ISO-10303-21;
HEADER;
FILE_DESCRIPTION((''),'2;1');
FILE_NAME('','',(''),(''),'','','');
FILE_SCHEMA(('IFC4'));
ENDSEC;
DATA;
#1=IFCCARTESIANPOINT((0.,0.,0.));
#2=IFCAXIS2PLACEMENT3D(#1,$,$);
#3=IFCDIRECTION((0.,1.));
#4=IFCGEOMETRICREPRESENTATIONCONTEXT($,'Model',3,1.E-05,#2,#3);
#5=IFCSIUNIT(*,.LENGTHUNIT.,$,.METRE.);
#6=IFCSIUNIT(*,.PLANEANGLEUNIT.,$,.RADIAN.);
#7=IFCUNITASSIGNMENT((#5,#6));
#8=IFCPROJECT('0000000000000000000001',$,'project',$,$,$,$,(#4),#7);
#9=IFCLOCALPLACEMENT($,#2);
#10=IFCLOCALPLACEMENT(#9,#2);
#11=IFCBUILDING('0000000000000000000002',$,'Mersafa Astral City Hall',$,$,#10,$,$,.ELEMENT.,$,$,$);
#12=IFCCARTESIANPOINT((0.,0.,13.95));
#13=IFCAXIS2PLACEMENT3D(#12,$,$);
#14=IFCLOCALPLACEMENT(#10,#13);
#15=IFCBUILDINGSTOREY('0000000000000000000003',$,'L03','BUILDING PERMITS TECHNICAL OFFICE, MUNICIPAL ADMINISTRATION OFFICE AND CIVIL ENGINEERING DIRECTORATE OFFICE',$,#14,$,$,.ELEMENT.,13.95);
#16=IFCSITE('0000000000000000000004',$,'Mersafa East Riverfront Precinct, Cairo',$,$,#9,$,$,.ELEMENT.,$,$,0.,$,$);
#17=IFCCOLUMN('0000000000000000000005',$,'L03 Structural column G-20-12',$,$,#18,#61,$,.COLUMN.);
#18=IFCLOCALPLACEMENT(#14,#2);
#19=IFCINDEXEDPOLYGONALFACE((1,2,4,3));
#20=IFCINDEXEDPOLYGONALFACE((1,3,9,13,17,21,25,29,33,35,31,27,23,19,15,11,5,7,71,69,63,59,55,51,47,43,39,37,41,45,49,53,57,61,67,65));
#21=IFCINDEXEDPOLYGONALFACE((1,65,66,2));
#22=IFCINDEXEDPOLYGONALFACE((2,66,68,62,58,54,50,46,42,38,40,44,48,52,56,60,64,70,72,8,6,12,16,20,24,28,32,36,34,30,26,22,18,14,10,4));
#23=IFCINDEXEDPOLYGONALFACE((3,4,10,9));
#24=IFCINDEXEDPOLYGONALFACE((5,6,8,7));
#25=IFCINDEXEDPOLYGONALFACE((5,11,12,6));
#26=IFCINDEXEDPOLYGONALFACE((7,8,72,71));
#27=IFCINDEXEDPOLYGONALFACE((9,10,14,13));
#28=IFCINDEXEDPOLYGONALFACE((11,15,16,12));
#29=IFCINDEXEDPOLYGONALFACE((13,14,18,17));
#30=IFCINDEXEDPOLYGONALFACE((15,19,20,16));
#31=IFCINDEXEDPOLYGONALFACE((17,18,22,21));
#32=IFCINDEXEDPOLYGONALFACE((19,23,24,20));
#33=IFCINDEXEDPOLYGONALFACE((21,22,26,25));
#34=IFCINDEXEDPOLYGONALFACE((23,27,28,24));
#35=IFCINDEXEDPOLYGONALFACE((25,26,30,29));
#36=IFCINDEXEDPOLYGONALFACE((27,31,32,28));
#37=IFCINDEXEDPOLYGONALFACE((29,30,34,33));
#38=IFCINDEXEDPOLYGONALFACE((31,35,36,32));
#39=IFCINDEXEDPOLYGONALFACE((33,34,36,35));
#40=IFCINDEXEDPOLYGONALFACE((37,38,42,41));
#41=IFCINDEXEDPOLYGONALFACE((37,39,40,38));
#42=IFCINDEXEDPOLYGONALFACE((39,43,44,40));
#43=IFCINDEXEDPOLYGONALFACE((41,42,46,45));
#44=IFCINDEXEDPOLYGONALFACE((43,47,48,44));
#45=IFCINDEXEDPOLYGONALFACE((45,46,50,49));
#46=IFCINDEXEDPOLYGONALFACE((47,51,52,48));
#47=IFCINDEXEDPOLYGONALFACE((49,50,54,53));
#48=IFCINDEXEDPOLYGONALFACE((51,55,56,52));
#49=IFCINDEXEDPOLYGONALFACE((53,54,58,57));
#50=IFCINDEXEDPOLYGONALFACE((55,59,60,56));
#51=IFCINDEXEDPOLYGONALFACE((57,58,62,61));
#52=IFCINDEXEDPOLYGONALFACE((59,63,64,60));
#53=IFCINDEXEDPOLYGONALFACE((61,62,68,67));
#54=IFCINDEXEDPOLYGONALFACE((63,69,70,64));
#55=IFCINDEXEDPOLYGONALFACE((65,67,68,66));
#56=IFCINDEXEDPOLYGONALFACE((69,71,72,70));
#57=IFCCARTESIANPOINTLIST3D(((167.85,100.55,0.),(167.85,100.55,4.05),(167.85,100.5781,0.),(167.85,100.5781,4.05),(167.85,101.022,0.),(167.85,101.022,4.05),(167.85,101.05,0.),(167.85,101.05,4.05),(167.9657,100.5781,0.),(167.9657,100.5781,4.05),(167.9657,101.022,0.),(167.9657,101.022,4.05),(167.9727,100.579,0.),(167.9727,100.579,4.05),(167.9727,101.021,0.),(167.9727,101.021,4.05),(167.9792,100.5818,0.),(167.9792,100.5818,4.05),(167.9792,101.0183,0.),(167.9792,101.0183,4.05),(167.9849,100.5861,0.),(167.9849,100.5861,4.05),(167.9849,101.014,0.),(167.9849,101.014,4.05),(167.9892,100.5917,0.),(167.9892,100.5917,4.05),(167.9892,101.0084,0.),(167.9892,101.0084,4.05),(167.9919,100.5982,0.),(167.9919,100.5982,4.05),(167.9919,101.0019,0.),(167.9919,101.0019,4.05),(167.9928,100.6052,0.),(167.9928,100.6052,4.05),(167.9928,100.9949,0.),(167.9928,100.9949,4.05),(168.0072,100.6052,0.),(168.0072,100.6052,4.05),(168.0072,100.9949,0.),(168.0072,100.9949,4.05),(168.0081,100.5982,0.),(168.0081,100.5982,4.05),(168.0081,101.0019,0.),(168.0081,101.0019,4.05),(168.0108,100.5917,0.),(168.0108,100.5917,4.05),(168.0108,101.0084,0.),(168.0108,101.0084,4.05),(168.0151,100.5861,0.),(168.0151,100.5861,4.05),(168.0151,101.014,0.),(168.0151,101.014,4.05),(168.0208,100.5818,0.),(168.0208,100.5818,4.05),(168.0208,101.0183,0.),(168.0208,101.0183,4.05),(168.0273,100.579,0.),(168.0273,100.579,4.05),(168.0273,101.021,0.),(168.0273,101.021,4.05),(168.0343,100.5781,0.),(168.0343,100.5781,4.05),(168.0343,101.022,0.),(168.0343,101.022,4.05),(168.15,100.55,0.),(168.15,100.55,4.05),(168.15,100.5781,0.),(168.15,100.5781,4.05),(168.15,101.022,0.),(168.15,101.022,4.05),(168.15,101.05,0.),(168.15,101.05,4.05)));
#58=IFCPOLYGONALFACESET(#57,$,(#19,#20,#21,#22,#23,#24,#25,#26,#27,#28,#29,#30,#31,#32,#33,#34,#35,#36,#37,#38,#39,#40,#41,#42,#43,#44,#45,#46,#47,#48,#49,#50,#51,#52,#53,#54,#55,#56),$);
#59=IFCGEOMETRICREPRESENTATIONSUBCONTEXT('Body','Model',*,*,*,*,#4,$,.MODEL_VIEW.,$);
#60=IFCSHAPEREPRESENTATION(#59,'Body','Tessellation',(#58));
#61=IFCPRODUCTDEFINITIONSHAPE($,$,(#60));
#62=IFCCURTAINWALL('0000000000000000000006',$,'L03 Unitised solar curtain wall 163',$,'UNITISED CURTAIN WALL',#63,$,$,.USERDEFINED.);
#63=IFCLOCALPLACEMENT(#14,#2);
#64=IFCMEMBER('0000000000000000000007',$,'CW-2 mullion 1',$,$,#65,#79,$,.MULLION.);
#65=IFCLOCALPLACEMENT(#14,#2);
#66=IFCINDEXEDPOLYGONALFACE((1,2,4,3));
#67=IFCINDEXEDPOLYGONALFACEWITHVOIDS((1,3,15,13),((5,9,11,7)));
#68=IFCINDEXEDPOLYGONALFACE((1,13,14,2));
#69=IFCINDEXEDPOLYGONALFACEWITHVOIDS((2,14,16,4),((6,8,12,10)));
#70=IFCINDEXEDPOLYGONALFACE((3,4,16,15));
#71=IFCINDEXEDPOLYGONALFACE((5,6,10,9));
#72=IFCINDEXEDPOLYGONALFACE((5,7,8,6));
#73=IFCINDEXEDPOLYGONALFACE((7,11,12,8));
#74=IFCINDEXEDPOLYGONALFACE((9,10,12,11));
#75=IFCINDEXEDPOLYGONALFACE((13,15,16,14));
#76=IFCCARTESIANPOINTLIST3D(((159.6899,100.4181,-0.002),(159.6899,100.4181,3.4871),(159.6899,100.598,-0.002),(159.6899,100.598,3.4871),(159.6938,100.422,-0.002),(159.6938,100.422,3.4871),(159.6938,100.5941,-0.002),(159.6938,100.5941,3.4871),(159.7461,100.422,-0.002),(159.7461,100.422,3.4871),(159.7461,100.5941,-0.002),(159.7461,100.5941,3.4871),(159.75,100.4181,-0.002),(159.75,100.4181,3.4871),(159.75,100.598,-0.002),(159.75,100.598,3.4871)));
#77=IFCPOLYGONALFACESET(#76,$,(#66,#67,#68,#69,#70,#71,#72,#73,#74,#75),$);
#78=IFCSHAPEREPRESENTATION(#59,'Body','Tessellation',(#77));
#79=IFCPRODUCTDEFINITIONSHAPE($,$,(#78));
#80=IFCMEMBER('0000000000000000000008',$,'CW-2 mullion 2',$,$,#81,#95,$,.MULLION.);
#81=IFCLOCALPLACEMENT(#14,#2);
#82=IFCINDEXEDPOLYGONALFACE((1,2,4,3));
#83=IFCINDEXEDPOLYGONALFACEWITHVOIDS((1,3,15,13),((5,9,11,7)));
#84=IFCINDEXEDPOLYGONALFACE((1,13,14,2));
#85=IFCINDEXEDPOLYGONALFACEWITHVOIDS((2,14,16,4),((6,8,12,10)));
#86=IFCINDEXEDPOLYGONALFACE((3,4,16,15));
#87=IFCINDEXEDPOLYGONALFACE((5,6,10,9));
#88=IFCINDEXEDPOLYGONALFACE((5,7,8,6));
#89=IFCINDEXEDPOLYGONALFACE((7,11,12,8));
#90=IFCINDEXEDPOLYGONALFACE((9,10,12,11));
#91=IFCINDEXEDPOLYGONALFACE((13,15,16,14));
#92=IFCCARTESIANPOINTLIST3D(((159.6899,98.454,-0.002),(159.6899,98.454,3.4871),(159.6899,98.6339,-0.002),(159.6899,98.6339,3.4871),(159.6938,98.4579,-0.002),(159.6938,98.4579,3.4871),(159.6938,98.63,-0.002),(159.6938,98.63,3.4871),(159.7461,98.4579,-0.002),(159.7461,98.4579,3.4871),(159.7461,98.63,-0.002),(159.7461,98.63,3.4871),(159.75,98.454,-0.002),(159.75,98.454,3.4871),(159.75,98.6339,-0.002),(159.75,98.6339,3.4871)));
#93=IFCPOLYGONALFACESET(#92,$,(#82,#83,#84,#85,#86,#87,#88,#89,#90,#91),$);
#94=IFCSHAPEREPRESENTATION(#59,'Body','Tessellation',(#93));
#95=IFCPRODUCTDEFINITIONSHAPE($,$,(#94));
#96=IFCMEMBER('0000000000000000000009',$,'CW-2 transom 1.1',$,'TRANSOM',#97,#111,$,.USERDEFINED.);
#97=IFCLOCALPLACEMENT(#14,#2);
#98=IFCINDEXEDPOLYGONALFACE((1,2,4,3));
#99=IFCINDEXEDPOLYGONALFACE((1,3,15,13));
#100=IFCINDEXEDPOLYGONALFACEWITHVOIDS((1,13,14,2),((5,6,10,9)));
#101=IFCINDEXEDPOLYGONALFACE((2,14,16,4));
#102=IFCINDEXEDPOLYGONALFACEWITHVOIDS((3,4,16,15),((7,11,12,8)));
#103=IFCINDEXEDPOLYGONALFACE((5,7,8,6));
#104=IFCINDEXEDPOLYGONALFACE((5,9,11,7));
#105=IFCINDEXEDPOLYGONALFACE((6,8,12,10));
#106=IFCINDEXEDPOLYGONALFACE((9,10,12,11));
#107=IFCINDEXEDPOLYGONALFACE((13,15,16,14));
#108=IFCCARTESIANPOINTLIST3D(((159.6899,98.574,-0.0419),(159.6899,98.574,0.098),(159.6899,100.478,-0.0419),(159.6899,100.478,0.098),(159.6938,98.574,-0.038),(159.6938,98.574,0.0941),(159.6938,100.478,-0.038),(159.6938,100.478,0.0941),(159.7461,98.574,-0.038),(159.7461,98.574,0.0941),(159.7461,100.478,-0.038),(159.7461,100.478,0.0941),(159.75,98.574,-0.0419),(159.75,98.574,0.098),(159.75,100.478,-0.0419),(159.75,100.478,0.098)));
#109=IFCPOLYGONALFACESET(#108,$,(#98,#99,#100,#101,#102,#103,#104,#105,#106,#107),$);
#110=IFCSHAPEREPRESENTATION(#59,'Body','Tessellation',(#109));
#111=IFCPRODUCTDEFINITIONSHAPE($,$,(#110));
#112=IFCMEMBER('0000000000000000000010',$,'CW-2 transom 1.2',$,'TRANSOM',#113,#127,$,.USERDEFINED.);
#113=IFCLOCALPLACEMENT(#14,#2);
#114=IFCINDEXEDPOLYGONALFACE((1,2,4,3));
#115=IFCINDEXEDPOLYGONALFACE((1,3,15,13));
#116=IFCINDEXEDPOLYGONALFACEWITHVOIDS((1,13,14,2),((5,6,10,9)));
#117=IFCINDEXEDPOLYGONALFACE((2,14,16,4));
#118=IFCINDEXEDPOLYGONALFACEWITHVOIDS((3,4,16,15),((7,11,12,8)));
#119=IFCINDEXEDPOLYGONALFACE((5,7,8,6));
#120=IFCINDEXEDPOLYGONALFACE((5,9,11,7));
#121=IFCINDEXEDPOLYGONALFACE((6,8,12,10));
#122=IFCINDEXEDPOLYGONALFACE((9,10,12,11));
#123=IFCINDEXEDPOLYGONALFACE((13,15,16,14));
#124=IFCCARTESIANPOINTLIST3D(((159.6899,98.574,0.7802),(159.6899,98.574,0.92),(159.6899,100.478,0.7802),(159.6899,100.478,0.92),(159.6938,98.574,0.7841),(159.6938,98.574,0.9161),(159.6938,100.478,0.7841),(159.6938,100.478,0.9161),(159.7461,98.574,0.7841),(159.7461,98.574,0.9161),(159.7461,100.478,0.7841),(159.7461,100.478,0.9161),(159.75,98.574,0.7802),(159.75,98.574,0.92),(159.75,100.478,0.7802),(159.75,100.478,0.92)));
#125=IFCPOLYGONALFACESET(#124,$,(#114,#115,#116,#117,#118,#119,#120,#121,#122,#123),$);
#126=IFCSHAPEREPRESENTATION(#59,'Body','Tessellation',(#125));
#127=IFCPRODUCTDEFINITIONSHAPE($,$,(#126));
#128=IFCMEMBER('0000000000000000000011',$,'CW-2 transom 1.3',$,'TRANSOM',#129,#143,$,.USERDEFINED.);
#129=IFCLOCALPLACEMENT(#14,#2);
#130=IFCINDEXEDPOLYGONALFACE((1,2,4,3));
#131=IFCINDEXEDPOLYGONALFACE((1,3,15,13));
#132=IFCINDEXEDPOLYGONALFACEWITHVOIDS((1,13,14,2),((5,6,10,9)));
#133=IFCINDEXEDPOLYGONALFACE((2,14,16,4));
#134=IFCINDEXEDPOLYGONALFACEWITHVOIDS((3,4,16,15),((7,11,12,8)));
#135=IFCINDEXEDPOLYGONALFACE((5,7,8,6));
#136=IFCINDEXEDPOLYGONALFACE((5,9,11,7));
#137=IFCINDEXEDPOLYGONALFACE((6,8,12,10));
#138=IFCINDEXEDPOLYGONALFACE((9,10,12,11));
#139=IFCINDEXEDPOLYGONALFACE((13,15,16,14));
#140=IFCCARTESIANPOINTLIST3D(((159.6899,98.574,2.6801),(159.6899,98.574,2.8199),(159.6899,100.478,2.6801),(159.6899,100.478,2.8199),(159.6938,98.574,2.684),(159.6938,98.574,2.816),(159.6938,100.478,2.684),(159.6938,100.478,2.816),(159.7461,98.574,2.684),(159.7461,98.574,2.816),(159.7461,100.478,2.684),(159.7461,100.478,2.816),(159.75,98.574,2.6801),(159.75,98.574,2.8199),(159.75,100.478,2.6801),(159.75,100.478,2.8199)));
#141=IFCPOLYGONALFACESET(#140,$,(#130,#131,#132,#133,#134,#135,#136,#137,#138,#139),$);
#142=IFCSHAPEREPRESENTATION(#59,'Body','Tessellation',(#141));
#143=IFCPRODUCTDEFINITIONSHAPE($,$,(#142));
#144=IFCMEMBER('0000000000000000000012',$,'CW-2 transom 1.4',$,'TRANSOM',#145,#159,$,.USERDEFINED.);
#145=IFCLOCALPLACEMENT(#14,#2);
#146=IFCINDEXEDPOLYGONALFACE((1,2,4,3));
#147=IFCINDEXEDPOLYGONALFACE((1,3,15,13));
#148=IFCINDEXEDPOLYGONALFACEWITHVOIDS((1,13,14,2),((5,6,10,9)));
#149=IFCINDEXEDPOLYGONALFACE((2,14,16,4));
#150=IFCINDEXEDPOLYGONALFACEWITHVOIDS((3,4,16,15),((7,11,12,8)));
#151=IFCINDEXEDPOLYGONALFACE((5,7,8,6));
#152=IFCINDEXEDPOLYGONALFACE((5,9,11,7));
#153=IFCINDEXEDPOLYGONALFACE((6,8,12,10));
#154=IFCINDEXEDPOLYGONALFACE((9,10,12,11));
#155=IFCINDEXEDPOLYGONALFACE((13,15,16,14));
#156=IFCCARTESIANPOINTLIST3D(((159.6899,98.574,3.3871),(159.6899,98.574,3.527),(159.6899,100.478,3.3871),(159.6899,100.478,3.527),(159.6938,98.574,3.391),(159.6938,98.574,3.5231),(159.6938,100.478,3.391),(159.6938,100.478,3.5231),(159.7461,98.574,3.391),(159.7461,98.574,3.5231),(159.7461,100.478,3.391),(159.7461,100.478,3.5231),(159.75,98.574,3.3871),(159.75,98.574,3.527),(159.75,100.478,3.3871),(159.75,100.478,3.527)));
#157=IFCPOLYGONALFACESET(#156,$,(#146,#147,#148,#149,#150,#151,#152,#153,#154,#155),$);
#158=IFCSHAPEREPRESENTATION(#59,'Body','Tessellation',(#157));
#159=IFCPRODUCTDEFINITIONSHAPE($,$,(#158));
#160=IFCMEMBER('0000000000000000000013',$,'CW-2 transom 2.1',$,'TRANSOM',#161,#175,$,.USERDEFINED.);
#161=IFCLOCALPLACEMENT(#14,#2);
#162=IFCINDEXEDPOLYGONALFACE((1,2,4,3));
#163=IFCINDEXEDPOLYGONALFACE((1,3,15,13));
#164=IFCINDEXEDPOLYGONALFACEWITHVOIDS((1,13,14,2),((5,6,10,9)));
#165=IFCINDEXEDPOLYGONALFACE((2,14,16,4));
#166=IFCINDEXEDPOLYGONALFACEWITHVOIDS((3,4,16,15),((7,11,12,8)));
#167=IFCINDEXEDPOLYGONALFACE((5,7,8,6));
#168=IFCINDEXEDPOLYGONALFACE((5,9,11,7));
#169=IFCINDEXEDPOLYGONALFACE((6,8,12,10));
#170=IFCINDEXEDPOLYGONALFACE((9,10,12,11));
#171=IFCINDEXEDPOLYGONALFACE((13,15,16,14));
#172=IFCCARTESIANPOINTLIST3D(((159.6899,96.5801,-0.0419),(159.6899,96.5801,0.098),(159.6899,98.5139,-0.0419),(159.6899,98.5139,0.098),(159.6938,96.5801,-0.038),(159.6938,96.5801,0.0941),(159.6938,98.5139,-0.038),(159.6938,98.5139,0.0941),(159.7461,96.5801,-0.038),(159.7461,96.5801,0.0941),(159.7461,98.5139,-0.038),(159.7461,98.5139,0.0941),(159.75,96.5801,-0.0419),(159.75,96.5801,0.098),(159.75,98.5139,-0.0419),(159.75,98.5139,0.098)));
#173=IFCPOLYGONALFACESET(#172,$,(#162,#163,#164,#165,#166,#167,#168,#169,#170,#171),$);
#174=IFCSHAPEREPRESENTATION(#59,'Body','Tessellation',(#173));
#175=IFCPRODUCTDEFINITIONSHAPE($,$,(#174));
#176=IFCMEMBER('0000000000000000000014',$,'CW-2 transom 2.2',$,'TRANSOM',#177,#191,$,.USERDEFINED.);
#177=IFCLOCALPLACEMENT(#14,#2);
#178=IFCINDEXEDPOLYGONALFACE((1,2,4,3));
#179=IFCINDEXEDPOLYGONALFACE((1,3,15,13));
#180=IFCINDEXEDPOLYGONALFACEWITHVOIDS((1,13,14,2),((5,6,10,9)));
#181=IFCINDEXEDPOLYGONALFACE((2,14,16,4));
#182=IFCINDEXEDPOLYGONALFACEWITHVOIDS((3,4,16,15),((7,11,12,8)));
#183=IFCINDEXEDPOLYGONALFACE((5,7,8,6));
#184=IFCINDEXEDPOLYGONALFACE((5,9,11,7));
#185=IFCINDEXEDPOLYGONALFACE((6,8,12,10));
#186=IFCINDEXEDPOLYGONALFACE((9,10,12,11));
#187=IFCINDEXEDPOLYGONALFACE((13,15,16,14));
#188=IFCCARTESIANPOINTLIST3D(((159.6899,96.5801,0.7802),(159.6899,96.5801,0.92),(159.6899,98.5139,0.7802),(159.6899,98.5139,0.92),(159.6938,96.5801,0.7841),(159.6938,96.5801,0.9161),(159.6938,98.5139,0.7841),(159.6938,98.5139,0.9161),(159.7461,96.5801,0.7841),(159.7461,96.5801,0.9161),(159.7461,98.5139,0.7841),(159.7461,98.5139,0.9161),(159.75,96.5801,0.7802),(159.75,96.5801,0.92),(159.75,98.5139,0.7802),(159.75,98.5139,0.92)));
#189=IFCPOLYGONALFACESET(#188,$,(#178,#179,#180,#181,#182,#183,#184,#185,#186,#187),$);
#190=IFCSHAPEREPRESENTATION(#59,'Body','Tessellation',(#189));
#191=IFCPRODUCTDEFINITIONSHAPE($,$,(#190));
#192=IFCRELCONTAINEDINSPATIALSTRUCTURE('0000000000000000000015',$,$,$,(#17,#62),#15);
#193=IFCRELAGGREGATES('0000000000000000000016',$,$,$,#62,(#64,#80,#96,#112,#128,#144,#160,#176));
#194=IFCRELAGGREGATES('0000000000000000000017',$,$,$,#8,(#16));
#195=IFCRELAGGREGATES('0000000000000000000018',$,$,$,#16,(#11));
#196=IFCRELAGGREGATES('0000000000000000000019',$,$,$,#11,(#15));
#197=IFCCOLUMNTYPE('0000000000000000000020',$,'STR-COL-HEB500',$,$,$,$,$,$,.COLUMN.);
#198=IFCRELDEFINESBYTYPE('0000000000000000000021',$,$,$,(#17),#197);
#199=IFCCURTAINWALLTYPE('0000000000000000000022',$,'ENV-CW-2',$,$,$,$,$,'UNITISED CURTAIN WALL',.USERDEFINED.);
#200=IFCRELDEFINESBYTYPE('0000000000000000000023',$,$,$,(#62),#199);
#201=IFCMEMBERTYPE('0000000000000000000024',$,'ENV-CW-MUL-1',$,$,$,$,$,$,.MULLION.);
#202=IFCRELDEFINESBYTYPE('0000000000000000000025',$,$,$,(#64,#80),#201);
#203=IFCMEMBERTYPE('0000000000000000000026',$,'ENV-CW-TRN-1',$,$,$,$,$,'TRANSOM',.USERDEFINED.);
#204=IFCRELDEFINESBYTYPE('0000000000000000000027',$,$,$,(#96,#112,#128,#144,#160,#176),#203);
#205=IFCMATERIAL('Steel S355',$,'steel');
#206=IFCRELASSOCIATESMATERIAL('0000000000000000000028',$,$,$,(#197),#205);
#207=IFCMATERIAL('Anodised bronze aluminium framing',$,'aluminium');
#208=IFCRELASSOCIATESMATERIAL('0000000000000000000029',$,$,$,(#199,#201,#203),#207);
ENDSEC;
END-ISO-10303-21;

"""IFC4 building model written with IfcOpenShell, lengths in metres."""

from ifc_helpers import new_model, si_unit, direction, frame, origin, origin_2d, place, context, subcontext, project, spatial, hollow_rectangle, i_section, extrude, material, material_profile, profile_set, type_object, element, aggregate, save


model = new_model("IFC4")

# Units and contexts
model_context = context("Model", 3, precision=1e-05, world=origin(), true_north=direction((0.0, 1.0)))
body_context = subcontext(model_context, "Body", "Model", "MODEL_VIEW")
ifc_project = project(units=[si_unit("LENGTHUNIT", "METRE"), si_unit("PLANEANGLEUNIT", "RADIAN")], contexts=[model_context])

# Site, building, storey
site_placement = place(None, origin())
site = spatial("IfcSite", under=ifc_project, at=site_placement, Name="Mersafa East Riverfront Precinct, Cairo", CompositionType="ELEMENT", RefElevation=0.0)
building_placement = place(site_placement, origin())
building = spatial("IfcBuilding", under=site, at=building_placement, Name="Mersafa Astral City Hall", CompositionType="ELEMENT")
storey_placement = place(building_placement, frame((0.0, 0.0, 13.95)))
storey = spatial("IfcBuildingStorey", under=building, at=storey_placement, Name="L03", Description="BUILDING PERMITS TECHNICAL OFFICE, MUNICIPAL ADMINISTRATION OFFICE AND CIVIL ENGINEERING DIRECTORATE OFFICE", CompositionType="ELEMENT", Elevation=13.95)

# Column
ifc_material_1 = material(Name="Steel S355", Category="steel")
ifc_material_profile_1 = material_profile(ifc_material_1, i_section(OverallWidth=0.3, OverallDepth=0.5, WebThickness=0.0144, FlangeThickness=0.0281, FilletRadius=0.0271, at=origin_2d()), Name="HEB 500")
ifc_profile_set_1 = profile_set([ifc_material_profile_1], Name="Steel S355")
column_type = type_object("IfcColumnType", Name="STR-COL-HEB500", PredefinedType="COLUMN", material=ifc_profile_set_1)
column_placement = place(storey_placement, frame((168.0, 100.8, 0.0), z_axis=(0.0, 0.0, 1.0), x_axis=(1.0, 0.0, 0.0)))
element("IfcColumn", 1, at=column_placement, inside=storey, type_object=column_type, Name="L03 Structural column G-20-12", PredefinedType="COLUMN", context=body_context, shape_type="SweptSolid", body=[
    extrude(i_section(OverallWidth=0.3, OverallDepth=0.5, WebThickness=0.0144, FlangeThickness=0.0281, FilletRadius=0.0271, at=origin_2d()), origin(), (0.0, 0.0, 1.0), 4.05),
])

# Curtain wall, members
ifc_material_2 = material(Name="Anodised bronze aluminium framing", Category="aluminium")
curtain_wall_type = type_object("IfcCurtainWallType", Name="ENV-CW-2", ElementType="UNITISED CURTAIN WALL", PredefinedType="USERDEFINED", material=ifc_material_2)
curtain_wall_placement = place(storey_placement, origin())
curtain_wall = element("IfcCurtainWall", 2, at=curtain_wall_placement, inside=storey, type_object=curtain_wall_type, Name="L03 Unitised solar curtain wall 163", ObjectType="UNITISED CURTAIN WALL", PredefinedType="USERDEFINED")
ifc_material_profile_2 = material_profile(ifc_material_2, hollow_rectangle(XDim=0.0601, YDim=0.1799, WallThickness=0.0039, at=origin_2d()), Name="RHS 60x180x4")
ifc_profile_set_2 = profile_set([ifc_material_profile_2], Name="Anodised bronze aluminium framing")
member_type_1 = type_object("IfcMemberType", Name="ENV-CW-MUL-1", PredefinedType="MULLION", material=ifc_profile_set_2)
member_1_placement = place(storey_placement, frame((159.72, 100.5081, -0.002), z_axis=(0.0, 0.0, 1.0), x_axis=(1.0, 0.0, 0.0)))
member_1 = element("IfcMember", 3, at=member_1_placement, type_object=member_type_1, Name="CW-2 mullion 1", PredefinedType="MULLION", context=body_context, shape_type="SweptSolid", body=[
    extrude(hollow_rectangle(XDim=0.0601, YDim=0.1799, WallThickness=0.0039, at=origin_2d()), origin(), (0.0, 0.0, 1.0), 3.489),
])
member_2_placement = place(storey_placement, frame((159.72, 98.5439, -0.002), z_axis=(0.0, 0.0, 1.0), x_axis=(1.0, 0.0, 0.0)))
member_2 = element("IfcMember", 4, at=member_2_placement, type_object=member_type_1, Name="CW-2 mullion 2", PredefinedType="MULLION", context=body_context, shape_type="SweptSolid", body=[
    extrude(hollow_rectangle(XDim=0.0601, YDim=0.1799, WallThickness=0.0039, at=origin_2d()), origin(), (0.0, 0.0, 1.0), 3.489),
])
ifc_material_profile_3 = material_profile(ifc_material_2, hollow_rectangle(XDim=0.0601, YDim=0.1399, WallThickness=0.0039, at=origin_2d()), Name="RHS 60x140x4")
ifc_profile_set_3 = profile_set([ifc_material_profile_3], Name="Anodised bronze aluminium framing")
member_type_2 = type_object("IfcMemberType", Name="ENV-CW-TRN-1", ElementType="TRANSOM", PredefinedType="USERDEFINED", material=ifc_profile_set_3)
member_3_placement = place(storey_placement, frame((159.72, 100.478, 0.0281), z_axis=(0.0, -1.0, 0.0), x_axis=(1.0, 0.0, 0.0)))
member_3 = element("IfcMember", 5, at=member_3_placement, type_object=member_type_2, Name="CW-2 transom 1.1", ObjectType="TRANSOM", PredefinedType="USERDEFINED", context=body_context, shape_type="SweptSolid", body=[
    extrude(hollow_rectangle(XDim=0.0601, YDim=0.1399, WallThickness=0.0039, at=origin_2d()), origin(), (0.0, 0.0, 1.0), 1.9041),
])
member_4_placement = place(storey_placement, frame((159.72, 100.478, 0.8501), z_axis=(0.0, -1.0, 0.0), x_axis=(1.0, 0.0, 0.0)))
member_4 = element("IfcMember", 6, at=member_4_placement, type_object=member_type_2, Name="CW-2 transom 1.2", ObjectType="TRANSOM", PredefinedType="USERDEFINED", context=body_context, shape_type="SweptSolid", body=[
    extrude(hollow_rectangle(XDim=0.0601, YDim=0.1399, WallThickness=0.0039, at=origin_2d()), origin(), (0.0, 0.0, 1.0), 1.9041),
])
member_5_placement = place(storey_placement, frame((159.72, 100.478, 2.75), z_axis=(0.0, -1.0, 0.0), x_axis=(1.0, 0.0, 0.0)))
member_5 = element("IfcMember", 7, at=member_5_placement, type_object=member_type_2, Name="CW-2 transom 1.3", ObjectType="TRANSOM", PredefinedType="USERDEFINED", context=body_context, shape_type="SweptSolid", body=[
    extrude(hollow_rectangle(XDim=0.0601, YDim=0.1399, WallThickness=0.0039, at=origin_2d()), origin(), (0.0, 0.0, 1.0), 1.9041),
])
member_6_placement = place(storey_placement, frame((159.72, 100.478, 3.457), z_axis=(0.0, -1.0, 0.0), x_axis=(1.0, 0.0, 0.0)))
member_6 = element("IfcMember", 8, at=member_6_placement, type_object=member_type_2, Name="CW-2 transom 1.4", ObjectType="TRANSOM", PredefinedType="USERDEFINED", context=body_context, shape_type="SweptSolid", body=[
    extrude(hollow_rectangle(XDim=0.0601, YDim=0.1399, WallThickness=0.0039, at=origin_2d()), origin(), (0.0, 0.0, 1.0), 1.9041),
])
member_7_placement = place(storey_placement, frame((159.72, 98.5139, 0.0281), z_axis=(0.0, -1.0, 0.0), x_axis=(1.0, 0.0, 0.0)))
member_7 = element("IfcMember", 9, at=member_7_placement, type_object=member_type_2, Name="CW-2 transom 2.1", ObjectType="TRANSOM", PredefinedType="USERDEFINED", context=body_context, shape_type="SweptSolid", body=[
    extrude(hollow_rectangle(XDim=0.0601, YDim=0.1399, WallThickness=0.0039, at=origin_2d()), origin(), (0.0, 0.0, 1.0), 1.9338),
])
member_8_placement = place(storey_placement, frame((159.72, 98.5139, 0.8501), z_axis=(0.0, -1.0, 0.0), x_axis=(1.0, 0.0, 0.0)))
member_8 = element("IfcMember", 10, at=member_8_placement, type_object=member_type_2, Name="CW-2 transom 2.2", ObjectType="TRANSOM", PredefinedType="USERDEFINED", context=body_context, shape_type="SweptSolid", body=[
    extrude(hollow_rectangle(XDim=0.0601, YDim=0.1399, WallThickness=0.0039, at=origin_2d()), origin(), (0.0, 0.0, 1.0), 1.9338),
])

aggregate(curtain_wall, [member_1, member_2, member_3, member_4, member_5, member_6, member_7, member_8])

save(model, "model.ifc")
